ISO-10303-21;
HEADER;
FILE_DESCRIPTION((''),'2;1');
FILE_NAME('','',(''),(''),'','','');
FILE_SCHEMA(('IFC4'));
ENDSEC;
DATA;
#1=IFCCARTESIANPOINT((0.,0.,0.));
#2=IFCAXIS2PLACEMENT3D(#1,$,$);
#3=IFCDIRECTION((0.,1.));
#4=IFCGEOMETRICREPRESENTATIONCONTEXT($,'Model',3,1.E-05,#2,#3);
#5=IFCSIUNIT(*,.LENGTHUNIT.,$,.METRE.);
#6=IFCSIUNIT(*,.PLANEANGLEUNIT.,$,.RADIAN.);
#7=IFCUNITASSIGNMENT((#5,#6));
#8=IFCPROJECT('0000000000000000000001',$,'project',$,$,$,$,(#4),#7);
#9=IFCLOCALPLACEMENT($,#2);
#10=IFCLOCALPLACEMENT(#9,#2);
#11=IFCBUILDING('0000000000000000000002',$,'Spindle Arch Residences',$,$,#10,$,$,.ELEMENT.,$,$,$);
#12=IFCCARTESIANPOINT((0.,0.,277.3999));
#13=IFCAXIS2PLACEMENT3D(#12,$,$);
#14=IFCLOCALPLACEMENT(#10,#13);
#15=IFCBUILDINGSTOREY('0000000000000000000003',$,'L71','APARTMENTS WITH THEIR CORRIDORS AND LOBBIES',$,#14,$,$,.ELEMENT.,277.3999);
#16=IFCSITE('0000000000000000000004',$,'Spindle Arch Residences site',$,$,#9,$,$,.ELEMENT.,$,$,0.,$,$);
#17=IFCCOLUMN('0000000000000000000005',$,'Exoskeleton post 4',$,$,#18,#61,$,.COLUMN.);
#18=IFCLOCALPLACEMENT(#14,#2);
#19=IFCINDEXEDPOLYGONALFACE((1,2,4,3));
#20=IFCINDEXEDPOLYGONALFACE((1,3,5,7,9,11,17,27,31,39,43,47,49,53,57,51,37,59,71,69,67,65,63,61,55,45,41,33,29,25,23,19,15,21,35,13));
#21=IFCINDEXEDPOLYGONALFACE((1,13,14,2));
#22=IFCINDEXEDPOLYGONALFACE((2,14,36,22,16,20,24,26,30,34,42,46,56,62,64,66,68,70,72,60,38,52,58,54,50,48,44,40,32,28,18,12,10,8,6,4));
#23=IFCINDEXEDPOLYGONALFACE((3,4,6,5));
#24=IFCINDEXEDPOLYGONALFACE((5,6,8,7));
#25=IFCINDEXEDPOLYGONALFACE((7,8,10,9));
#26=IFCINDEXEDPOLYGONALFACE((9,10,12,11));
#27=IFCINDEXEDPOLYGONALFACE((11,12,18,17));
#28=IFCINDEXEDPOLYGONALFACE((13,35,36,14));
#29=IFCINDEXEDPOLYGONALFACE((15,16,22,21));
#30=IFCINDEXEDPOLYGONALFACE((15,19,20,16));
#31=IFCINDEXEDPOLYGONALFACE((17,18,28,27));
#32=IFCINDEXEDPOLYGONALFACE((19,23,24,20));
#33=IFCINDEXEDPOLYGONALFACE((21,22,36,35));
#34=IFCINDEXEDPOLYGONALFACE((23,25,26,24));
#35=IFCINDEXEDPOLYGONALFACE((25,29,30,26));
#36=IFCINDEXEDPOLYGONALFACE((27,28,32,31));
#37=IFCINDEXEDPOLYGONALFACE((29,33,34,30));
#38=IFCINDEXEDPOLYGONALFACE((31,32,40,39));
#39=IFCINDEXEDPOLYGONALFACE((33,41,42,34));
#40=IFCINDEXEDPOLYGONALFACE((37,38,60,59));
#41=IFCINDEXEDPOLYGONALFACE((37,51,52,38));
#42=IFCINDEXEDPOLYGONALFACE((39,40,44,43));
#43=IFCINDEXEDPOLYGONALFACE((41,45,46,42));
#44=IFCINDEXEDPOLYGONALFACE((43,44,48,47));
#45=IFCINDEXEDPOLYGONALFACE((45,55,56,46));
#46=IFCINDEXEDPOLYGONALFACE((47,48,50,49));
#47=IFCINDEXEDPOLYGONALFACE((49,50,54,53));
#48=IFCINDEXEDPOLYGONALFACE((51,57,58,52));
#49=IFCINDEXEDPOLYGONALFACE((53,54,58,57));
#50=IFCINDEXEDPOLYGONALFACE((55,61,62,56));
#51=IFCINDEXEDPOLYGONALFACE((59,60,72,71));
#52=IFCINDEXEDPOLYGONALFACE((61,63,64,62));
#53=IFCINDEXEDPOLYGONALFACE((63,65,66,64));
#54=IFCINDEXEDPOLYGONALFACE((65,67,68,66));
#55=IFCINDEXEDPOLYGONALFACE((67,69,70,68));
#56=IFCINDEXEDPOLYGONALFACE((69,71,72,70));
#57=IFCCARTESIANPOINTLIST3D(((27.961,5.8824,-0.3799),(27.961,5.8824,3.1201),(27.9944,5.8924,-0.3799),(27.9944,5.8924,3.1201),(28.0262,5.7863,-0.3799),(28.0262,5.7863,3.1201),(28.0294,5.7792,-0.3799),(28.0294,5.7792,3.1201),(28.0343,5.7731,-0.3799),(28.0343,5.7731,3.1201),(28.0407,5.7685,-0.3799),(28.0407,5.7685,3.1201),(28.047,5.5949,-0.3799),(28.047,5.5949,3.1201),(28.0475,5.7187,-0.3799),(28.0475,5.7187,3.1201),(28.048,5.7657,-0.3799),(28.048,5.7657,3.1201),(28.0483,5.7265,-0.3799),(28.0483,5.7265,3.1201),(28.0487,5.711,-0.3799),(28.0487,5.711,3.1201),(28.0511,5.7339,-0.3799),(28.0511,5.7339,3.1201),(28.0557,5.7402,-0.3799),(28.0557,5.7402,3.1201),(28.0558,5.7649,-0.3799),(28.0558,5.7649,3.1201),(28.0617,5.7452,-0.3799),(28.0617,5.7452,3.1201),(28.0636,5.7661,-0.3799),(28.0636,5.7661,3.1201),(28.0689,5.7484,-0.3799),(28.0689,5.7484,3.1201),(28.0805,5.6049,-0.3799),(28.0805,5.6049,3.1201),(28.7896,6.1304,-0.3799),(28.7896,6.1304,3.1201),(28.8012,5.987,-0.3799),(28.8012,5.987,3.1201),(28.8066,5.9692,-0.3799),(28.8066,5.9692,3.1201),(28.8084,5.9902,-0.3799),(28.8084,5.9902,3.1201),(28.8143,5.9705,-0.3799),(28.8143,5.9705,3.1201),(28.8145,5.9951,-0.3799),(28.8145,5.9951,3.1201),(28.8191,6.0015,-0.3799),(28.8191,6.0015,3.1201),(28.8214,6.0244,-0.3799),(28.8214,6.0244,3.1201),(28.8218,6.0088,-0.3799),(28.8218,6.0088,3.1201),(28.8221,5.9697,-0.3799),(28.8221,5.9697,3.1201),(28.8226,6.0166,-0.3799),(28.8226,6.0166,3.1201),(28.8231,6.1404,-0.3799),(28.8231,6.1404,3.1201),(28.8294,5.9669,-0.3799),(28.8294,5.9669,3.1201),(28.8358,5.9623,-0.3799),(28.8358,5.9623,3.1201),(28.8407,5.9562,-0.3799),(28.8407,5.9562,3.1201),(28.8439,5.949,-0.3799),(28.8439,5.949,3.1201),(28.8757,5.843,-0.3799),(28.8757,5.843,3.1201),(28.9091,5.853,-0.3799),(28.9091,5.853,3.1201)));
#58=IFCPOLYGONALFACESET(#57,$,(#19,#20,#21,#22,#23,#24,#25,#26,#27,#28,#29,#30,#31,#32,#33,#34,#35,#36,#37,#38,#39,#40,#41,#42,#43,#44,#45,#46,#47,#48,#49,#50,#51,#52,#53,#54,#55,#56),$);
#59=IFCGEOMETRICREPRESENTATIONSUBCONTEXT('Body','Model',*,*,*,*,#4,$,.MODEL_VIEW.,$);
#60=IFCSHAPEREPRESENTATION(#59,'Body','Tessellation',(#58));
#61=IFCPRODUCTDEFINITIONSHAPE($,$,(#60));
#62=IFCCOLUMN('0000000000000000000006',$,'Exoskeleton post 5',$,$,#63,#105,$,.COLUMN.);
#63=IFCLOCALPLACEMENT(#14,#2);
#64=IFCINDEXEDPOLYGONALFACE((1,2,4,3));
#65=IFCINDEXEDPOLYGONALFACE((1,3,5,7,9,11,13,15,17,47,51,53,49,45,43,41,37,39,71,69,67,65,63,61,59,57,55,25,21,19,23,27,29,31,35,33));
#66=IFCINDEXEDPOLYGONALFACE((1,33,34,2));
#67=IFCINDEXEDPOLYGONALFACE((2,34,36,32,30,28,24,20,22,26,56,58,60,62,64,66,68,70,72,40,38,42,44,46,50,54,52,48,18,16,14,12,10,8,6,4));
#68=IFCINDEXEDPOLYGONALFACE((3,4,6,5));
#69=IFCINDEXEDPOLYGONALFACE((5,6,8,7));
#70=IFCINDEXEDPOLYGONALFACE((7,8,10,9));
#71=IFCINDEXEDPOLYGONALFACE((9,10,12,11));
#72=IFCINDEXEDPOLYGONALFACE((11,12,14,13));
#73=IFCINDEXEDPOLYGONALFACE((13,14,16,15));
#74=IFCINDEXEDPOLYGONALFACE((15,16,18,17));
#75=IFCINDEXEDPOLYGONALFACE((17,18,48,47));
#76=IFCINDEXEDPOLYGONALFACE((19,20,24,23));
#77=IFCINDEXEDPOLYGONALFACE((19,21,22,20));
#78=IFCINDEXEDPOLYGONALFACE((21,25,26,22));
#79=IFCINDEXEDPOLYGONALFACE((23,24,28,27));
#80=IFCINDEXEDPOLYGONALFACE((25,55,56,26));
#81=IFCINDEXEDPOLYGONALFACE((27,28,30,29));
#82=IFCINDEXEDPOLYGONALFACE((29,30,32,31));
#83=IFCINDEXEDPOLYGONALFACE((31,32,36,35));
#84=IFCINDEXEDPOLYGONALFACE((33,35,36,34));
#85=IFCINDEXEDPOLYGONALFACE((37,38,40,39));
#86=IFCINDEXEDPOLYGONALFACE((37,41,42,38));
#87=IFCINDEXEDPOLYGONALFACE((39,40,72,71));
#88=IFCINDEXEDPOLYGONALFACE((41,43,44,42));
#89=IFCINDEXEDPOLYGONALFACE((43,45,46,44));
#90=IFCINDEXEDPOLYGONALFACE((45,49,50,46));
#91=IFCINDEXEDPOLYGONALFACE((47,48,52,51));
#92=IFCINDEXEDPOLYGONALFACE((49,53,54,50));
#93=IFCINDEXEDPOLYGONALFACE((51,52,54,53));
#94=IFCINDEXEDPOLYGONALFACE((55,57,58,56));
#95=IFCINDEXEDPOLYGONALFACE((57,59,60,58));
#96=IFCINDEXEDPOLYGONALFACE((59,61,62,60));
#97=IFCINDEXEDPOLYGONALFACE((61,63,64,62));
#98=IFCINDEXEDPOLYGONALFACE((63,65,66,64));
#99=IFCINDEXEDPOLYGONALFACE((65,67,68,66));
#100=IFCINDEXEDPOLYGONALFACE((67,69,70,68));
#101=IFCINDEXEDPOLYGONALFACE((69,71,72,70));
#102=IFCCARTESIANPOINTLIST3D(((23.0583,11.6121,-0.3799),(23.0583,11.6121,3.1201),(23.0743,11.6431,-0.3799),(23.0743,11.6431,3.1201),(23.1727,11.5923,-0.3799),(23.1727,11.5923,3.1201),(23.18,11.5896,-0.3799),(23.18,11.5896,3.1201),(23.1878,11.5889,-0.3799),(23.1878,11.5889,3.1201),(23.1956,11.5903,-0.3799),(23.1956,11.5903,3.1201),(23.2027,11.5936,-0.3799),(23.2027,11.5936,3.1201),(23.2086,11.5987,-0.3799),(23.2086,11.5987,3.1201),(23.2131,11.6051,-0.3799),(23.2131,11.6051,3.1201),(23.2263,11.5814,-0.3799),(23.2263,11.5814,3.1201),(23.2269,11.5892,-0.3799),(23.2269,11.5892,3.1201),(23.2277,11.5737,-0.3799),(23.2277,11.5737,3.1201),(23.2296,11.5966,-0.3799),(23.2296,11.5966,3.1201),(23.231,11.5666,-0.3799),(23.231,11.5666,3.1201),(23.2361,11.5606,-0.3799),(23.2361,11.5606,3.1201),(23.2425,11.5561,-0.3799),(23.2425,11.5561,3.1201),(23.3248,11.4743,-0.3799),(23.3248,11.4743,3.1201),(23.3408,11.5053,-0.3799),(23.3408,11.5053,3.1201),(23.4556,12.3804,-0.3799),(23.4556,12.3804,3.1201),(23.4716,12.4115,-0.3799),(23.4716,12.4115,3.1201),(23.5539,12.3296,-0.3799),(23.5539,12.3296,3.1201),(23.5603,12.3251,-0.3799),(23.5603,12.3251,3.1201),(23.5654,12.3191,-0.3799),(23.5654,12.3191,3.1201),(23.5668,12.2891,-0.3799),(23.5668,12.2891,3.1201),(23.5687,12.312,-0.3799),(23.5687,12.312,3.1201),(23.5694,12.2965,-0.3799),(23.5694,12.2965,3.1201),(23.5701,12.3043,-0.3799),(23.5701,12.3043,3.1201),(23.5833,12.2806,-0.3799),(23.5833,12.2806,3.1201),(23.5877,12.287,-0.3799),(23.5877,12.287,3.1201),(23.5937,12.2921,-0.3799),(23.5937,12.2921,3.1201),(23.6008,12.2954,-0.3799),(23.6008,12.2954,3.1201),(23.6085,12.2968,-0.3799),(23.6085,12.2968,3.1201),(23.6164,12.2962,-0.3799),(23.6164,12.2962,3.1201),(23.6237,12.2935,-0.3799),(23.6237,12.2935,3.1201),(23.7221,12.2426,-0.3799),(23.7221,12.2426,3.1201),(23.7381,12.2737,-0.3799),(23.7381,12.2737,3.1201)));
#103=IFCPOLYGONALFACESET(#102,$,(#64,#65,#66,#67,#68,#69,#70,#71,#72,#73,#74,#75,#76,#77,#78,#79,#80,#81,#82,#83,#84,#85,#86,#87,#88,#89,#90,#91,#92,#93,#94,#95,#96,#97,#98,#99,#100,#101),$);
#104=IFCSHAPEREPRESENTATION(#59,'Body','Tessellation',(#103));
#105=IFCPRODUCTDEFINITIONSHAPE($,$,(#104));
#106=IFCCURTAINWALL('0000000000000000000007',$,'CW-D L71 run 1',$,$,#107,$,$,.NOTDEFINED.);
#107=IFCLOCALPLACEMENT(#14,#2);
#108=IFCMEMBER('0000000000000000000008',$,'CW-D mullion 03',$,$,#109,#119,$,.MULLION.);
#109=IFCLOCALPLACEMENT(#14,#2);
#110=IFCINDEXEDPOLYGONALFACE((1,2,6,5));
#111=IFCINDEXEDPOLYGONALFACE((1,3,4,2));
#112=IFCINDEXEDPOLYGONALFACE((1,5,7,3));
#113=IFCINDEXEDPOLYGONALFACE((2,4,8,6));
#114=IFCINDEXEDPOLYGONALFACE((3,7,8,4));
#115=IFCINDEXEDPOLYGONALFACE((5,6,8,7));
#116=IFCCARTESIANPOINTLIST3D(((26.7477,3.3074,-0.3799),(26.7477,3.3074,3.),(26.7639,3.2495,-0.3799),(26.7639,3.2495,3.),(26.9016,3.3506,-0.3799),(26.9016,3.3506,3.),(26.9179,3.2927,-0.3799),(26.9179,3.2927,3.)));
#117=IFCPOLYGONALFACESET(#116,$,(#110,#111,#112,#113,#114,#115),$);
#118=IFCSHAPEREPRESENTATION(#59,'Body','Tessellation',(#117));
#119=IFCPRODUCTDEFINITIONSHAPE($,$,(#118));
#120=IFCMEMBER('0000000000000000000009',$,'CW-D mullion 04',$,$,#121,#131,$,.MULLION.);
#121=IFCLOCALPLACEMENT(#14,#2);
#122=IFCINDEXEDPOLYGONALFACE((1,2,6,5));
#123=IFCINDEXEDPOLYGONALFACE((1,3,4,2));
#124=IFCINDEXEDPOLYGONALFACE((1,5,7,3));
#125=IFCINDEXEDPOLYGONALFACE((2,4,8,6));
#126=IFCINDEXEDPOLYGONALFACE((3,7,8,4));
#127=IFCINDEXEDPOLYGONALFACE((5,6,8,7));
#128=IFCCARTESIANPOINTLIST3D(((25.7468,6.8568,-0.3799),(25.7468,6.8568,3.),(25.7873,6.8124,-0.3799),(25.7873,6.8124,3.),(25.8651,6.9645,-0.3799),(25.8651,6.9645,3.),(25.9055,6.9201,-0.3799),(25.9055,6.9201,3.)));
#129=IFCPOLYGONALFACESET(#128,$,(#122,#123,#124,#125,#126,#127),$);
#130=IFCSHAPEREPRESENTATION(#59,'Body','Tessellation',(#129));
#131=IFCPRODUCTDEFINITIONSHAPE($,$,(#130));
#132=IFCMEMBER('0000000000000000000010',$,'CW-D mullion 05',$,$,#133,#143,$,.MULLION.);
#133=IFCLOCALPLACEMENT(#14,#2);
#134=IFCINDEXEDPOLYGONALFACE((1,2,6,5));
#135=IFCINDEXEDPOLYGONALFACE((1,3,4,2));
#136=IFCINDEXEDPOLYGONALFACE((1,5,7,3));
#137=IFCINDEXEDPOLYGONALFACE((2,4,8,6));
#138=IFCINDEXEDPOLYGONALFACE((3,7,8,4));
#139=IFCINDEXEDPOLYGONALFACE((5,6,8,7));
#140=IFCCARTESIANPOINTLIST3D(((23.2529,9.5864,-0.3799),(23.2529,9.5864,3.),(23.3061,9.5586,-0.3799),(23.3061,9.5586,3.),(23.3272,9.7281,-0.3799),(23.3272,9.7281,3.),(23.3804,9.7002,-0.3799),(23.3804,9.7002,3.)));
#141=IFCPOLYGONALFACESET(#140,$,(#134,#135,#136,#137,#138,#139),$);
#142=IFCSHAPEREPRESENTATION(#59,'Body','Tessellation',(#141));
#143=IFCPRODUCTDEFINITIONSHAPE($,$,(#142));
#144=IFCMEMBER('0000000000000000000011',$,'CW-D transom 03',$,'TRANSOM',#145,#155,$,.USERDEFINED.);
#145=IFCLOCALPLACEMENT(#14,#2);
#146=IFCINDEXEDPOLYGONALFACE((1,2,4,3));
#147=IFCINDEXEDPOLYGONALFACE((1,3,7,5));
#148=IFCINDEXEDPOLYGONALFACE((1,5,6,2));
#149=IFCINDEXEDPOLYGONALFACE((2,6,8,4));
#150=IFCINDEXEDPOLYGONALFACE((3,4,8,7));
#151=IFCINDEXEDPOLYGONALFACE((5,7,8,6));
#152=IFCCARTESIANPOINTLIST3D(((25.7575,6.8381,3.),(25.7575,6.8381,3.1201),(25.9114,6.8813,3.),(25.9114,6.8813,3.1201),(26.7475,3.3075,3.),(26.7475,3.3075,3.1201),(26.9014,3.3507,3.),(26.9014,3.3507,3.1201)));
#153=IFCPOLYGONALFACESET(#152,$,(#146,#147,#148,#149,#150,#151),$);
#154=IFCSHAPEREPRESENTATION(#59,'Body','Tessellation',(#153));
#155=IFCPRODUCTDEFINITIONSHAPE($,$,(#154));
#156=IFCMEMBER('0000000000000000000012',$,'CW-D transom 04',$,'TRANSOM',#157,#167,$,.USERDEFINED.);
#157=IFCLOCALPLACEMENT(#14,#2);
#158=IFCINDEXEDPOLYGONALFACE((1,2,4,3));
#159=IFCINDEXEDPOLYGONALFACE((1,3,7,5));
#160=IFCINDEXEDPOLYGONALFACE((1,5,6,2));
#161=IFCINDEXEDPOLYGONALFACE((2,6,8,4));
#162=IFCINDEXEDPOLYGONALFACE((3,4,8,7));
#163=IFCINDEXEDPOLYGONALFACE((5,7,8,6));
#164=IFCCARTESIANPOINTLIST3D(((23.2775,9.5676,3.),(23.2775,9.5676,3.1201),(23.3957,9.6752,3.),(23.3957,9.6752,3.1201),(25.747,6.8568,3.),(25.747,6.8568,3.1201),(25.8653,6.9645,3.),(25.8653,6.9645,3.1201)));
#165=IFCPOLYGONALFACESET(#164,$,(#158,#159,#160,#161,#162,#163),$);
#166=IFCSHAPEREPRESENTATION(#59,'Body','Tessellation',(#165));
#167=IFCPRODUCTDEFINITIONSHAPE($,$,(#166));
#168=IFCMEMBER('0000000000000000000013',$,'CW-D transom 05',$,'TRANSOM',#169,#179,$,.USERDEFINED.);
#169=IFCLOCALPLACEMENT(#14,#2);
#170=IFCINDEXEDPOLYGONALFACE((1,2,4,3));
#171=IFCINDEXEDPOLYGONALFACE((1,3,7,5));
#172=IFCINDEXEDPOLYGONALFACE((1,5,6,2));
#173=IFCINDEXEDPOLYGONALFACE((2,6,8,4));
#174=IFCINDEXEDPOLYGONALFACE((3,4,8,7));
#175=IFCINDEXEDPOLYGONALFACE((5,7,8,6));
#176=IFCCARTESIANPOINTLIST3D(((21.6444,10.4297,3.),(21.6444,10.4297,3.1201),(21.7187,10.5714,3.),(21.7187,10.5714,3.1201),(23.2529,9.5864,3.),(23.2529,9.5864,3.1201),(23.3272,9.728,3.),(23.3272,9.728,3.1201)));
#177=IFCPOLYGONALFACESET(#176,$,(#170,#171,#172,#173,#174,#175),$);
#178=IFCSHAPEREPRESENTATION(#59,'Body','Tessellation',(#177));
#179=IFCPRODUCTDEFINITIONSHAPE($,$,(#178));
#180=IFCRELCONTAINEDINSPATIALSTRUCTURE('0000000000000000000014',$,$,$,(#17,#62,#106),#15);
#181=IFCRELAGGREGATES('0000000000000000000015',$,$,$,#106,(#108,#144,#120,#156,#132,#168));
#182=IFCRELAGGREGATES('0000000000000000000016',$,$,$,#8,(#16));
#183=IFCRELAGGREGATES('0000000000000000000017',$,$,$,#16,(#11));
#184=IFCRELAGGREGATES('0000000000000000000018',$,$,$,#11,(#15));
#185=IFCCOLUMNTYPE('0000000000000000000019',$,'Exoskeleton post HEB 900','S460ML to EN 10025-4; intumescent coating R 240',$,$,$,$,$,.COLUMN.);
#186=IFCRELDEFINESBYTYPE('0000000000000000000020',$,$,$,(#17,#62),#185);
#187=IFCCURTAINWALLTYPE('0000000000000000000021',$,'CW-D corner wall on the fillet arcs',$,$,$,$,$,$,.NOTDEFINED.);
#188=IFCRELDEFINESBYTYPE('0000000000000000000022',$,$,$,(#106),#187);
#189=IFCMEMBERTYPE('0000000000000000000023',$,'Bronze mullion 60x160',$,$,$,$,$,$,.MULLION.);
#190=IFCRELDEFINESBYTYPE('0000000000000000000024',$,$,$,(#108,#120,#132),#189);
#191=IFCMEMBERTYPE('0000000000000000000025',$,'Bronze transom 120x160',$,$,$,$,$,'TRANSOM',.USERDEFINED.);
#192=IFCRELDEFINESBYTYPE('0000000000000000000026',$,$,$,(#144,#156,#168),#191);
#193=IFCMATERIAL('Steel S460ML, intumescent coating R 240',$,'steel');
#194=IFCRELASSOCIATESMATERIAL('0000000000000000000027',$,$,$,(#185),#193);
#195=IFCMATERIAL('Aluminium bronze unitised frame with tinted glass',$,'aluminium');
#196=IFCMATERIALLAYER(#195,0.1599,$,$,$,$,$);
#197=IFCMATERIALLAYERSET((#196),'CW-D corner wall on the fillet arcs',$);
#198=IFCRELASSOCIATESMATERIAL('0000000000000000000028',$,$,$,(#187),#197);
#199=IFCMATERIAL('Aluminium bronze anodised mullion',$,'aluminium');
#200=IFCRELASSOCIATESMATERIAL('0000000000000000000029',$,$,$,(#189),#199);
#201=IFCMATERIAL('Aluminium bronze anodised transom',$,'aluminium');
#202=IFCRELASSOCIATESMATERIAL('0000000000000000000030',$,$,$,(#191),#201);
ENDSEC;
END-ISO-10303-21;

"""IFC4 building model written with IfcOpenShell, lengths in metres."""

from ifc_helpers import new_model, si_unit, direction, frame, origin, origin_2d, place, context, subcontext, project, spatial, rectangle, i_section, extrude, material, layer, layer_set, material_profile, profile_set, type_object, element, aggregate, save


model = new_model("IFC4")

# Units and contexts
model_context = context("Model", 3, precision=1e-05, world=origin(), true_north=direction((0.0, 1.0)))
body_context = subcontext(model_context, "Body", "Model", "MODEL_VIEW")
ifc_project = project(units=[si_unit("LENGTHUNIT", "METRE"), si_unit("PLANEANGLEUNIT", "RADIAN")], contexts=[model_context])

# Site, building, storey
site_placement = place(None, origin())
site = spatial("IfcSite", under=ifc_project, at=site_placement, Name="Spindle Arch Residences site", CompositionType="ELEMENT", RefElevation=0.0)
building_placement = place(site_placement, origin())
building = spatial("IfcBuilding", under=site, at=building_placement, Name="Spindle Arch Residences", CompositionType="ELEMENT")
storey_placement = place(building_placement, frame((0.0, 0.0, 277.3999)))
storey = spatial("IfcBuildingStorey", under=building, at=storey_placement, Name="L71", Description="APARTMENTS WITH THEIR CORRIDORS AND LOBBIES", CompositionType="ELEMENT", Elevation=277.3999)

# Columns
ifc_material_1 = material(Name="Steel S460ML, intumescent coating R 240", Category="steel")
ifc_material_profile_1 = material_profile(ifc_material_1, i_section(OverallWidth=0.3, OverallDepth=0.8999, WebThickness=0.0186, FlangeThickness=0.0349, FilletRadius=0.03, at=origin_2d()), Name="HEB 900")
ifc_profile_set_1 = profile_set([ifc_material_profile_1], Name="Steel S460ML, intumescent coating R 240")
column_type = type_object("IfcColumnType", Name="Exoskeleton post HEB 900", Description="S460ML to EN 10025-4; intumescent coating R 240", PredefinedType="COLUMN", material=ifc_profile_set_1)
for number, where, z_axis, x_axis, name in (
    (1, (28.4351, 5.8677, -0.3799), (0.0, 0.0, 1.0), (0.286784, -0.957995, 0.0), "Exoskeleton post 4"),
    (2, (23.3982, 11.9429, -0.3799), (0.0, 0.0, 1.0), (0.888286, -0.459291, 0.0), "Exoskeleton post 5"),
):
    element("IfcColumn", number, at=place(storey_placement, frame(where, z_axis=z_axis, x_axis=x_axis)), inside=storey, type_object=column_type, Name=name, PredefinedType="COLUMN", context=body_context, shape_type="SweptSolid", body=[
        extrude(i_section(OverallWidth=0.3, OverallDepth=0.8999, WebThickness=0.0186, FlangeThickness=0.0349, FilletRadius=0.03, at=origin_2d()), origin(), (0.0, 0.0, 1.0), 3.5),
    ])

# Curtain wall, members
ifc_material_2 = material(Name="Aluminium bronze unitised frame with tinted glass", Category="aluminium")
ifc_layer_1 = layer(ifc_material_2, 0.1599)
ifc_layer_set_1 = layer_set([ifc_layer_1], Name="CW-D corner wall on the fillet arcs")
curtain_wall_type = type_object("IfcCurtainWallType", Name="CW-D corner wall on the fillet arcs", PredefinedType="NOTDEFINED", material=ifc_layer_set_1)
curtain_wall_placement = place(storey_placement, origin())
curtain_wall = element("IfcCurtainWall", 3, at=curtain_wall_placement, inside=storey, type_object=curtain_wall_type, Name="CW-D L71 run 1", PredefinedType="NOTDEFINED")
ifc_material_3 = material(Name="Aluminium bronze anodised mullion", Category="aluminium")
ifc_material_profile_2 = material_profile(ifc_material_3, rectangle(XDim=0.1599, YDim=0.0601, at=origin_2d()), Name="MU 60x160")
ifc_profile_set_2 = profile_set([ifc_material_profile_2], Name="Aluminium bronze anodised mullion")
member_type_1 = type_object("IfcMemberType", Name="Bronze mullion 60x160", PredefinedType="MULLION", material=ifc_profile_set_2)
member_1_placement = place(storey_placement, frame((26.8328, 3.3, -0.3799), z_axis=(0.0, 0.0, 1.0), x_axis=(-0.962849, -0.27004, 0.0)))
member_1 = element("IfcMember", 4, at=member_1_placement, type_object=member_type_1, Name="CW-D mullion 03", PredefinedType="MULLION", context=body_context, shape_type="SweptSolid", body=[
    extrude(rectangle(XDim=0.1599, YDim=0.0601, at=origin_2d()), origin(), (0.0, 0.0, 1.0), 3.3799),
])
member_2_placement = place(storey_placement, frame((25.8262, 6.8884, -0.3799), z_axis=(0.0, 0.0, 1.0), x_axis=(-0.739239, -0.673443, 0.0)))
member_2 = element("IfcMember", 5, at=member_2_placement, type_object=member_type_1, Name="CW-D mullion 04", PredefinedType="MULLION", context=body_context, shape_type="SweptSolid", body=[
    extrude(rectangle(XDim=0.1599, YDim=0.0601, at=origin_2d()), origin(), (0.0, 0.0, 1.0), 3.3799),
])
member_3_placement = place(storey_placement, frame((23.3167, 9.6433, -0.3799), z_axis=(0.0, 0.0, 1.0), x_axis=(-0.464327, -0.885664, 0.0)))
member_3 = element("IfcMember", 6, at=member_3_placement, type_object=member_type_1, Name="CW-D mullion 05", PredefinedType="MULLION", context=body_context, shape_type="SweptSolid", body=[
    extrude(rectangle(XDim=0.1599, YDim=0.0601, at=origin_2d()), origin(), (0.0, 0.0, 1.0), 3.3799),
])
ifc_material_4 = material(Name="Aluminium bronze anodised transom", Category="aluminium")
ifc_material_profile_3 = material_profile(ifc_material_4, rectangle(XDim=0.1599, YDim=0.1201, at=origin_2d()), Name="TR 120x160")
ifc_profile_set_3 = profile_set([ifc_material_profile_3], Name="Aluminium bronze anodised transom")
member_type_2 = type_object("IfcMemberType", Name="Bronze transom 120x160", ElementType="TRANSOM", PredefinedType="USERDEFINED", material=ifc_profile_set_3)
member_4_placement = place(storey_placement, frame((26.8245, 3.3291, 3.0601), z_axis=(-0.269995, 0.962862, 0.0), x_axis=(-0.962862, -0.269995, 0.0)))
member_4 = element("IfcMember", 7, at=member_4_placement, type_object=member_type_2, Name="CW-D transom 03", ObjectType="TRANSOM", PredefinedType="USERDEFINED", context=body_context, shape_type="SweptSolid", body=[
    extrude(rectangle(XDim=0.1599, YDim=0.1201, at=origin_2d()), origin(), (0.0, 0.0, 1.0), 3.6667),
])
member_5_placement = place(storey_placement, frame((25.8062, 6.9106, 3.0601), z_axis=(-0.673451, 0.739232, 0.0), x_axis=(-0.739232, -0.673451, 0.0)))
member_5 = element("IfcMember", 8, at=member_5_placement, type_object=member_type_2, Name="CW-D transom 04", ObjectType="TRANSOM", PredefinedType="USERDEFINED", context=body_context, shape_type="SweptSolid", body=[
    extrude(rectangle(XDim=0.1599, YDim=0.1201, at=origin_2d()), origin(), (0.0, 0.0, 1.0), 3.667),
])
member_6_placement = place(storey_placement, frame((23.29, 9.6572, 3.0601), z_axis=(-0.885658, 0.464339, 0.0), x_axis=(-0.464339, -0.885658, 0.0)))
member_6 = element("IfcMember", 9, at=member_6_placement, type_object=member_type_2, Name="CW-D transom 05", ObjectType="TRANSOM", PredefinedType="USERDEFINED", context=body_context, shape_type="SweptSolid", body=[
    extrude(rectangle(XDim=0.1599, YDim=0.1201, at=origin_2d()), origin(), (0.0, 0.0, 1.0), 1.8162),
])

aggregate(curtain_wall, [member_1, member_4, member_2, member_5, member_3, member_6])

save(model, "model.ifc")
